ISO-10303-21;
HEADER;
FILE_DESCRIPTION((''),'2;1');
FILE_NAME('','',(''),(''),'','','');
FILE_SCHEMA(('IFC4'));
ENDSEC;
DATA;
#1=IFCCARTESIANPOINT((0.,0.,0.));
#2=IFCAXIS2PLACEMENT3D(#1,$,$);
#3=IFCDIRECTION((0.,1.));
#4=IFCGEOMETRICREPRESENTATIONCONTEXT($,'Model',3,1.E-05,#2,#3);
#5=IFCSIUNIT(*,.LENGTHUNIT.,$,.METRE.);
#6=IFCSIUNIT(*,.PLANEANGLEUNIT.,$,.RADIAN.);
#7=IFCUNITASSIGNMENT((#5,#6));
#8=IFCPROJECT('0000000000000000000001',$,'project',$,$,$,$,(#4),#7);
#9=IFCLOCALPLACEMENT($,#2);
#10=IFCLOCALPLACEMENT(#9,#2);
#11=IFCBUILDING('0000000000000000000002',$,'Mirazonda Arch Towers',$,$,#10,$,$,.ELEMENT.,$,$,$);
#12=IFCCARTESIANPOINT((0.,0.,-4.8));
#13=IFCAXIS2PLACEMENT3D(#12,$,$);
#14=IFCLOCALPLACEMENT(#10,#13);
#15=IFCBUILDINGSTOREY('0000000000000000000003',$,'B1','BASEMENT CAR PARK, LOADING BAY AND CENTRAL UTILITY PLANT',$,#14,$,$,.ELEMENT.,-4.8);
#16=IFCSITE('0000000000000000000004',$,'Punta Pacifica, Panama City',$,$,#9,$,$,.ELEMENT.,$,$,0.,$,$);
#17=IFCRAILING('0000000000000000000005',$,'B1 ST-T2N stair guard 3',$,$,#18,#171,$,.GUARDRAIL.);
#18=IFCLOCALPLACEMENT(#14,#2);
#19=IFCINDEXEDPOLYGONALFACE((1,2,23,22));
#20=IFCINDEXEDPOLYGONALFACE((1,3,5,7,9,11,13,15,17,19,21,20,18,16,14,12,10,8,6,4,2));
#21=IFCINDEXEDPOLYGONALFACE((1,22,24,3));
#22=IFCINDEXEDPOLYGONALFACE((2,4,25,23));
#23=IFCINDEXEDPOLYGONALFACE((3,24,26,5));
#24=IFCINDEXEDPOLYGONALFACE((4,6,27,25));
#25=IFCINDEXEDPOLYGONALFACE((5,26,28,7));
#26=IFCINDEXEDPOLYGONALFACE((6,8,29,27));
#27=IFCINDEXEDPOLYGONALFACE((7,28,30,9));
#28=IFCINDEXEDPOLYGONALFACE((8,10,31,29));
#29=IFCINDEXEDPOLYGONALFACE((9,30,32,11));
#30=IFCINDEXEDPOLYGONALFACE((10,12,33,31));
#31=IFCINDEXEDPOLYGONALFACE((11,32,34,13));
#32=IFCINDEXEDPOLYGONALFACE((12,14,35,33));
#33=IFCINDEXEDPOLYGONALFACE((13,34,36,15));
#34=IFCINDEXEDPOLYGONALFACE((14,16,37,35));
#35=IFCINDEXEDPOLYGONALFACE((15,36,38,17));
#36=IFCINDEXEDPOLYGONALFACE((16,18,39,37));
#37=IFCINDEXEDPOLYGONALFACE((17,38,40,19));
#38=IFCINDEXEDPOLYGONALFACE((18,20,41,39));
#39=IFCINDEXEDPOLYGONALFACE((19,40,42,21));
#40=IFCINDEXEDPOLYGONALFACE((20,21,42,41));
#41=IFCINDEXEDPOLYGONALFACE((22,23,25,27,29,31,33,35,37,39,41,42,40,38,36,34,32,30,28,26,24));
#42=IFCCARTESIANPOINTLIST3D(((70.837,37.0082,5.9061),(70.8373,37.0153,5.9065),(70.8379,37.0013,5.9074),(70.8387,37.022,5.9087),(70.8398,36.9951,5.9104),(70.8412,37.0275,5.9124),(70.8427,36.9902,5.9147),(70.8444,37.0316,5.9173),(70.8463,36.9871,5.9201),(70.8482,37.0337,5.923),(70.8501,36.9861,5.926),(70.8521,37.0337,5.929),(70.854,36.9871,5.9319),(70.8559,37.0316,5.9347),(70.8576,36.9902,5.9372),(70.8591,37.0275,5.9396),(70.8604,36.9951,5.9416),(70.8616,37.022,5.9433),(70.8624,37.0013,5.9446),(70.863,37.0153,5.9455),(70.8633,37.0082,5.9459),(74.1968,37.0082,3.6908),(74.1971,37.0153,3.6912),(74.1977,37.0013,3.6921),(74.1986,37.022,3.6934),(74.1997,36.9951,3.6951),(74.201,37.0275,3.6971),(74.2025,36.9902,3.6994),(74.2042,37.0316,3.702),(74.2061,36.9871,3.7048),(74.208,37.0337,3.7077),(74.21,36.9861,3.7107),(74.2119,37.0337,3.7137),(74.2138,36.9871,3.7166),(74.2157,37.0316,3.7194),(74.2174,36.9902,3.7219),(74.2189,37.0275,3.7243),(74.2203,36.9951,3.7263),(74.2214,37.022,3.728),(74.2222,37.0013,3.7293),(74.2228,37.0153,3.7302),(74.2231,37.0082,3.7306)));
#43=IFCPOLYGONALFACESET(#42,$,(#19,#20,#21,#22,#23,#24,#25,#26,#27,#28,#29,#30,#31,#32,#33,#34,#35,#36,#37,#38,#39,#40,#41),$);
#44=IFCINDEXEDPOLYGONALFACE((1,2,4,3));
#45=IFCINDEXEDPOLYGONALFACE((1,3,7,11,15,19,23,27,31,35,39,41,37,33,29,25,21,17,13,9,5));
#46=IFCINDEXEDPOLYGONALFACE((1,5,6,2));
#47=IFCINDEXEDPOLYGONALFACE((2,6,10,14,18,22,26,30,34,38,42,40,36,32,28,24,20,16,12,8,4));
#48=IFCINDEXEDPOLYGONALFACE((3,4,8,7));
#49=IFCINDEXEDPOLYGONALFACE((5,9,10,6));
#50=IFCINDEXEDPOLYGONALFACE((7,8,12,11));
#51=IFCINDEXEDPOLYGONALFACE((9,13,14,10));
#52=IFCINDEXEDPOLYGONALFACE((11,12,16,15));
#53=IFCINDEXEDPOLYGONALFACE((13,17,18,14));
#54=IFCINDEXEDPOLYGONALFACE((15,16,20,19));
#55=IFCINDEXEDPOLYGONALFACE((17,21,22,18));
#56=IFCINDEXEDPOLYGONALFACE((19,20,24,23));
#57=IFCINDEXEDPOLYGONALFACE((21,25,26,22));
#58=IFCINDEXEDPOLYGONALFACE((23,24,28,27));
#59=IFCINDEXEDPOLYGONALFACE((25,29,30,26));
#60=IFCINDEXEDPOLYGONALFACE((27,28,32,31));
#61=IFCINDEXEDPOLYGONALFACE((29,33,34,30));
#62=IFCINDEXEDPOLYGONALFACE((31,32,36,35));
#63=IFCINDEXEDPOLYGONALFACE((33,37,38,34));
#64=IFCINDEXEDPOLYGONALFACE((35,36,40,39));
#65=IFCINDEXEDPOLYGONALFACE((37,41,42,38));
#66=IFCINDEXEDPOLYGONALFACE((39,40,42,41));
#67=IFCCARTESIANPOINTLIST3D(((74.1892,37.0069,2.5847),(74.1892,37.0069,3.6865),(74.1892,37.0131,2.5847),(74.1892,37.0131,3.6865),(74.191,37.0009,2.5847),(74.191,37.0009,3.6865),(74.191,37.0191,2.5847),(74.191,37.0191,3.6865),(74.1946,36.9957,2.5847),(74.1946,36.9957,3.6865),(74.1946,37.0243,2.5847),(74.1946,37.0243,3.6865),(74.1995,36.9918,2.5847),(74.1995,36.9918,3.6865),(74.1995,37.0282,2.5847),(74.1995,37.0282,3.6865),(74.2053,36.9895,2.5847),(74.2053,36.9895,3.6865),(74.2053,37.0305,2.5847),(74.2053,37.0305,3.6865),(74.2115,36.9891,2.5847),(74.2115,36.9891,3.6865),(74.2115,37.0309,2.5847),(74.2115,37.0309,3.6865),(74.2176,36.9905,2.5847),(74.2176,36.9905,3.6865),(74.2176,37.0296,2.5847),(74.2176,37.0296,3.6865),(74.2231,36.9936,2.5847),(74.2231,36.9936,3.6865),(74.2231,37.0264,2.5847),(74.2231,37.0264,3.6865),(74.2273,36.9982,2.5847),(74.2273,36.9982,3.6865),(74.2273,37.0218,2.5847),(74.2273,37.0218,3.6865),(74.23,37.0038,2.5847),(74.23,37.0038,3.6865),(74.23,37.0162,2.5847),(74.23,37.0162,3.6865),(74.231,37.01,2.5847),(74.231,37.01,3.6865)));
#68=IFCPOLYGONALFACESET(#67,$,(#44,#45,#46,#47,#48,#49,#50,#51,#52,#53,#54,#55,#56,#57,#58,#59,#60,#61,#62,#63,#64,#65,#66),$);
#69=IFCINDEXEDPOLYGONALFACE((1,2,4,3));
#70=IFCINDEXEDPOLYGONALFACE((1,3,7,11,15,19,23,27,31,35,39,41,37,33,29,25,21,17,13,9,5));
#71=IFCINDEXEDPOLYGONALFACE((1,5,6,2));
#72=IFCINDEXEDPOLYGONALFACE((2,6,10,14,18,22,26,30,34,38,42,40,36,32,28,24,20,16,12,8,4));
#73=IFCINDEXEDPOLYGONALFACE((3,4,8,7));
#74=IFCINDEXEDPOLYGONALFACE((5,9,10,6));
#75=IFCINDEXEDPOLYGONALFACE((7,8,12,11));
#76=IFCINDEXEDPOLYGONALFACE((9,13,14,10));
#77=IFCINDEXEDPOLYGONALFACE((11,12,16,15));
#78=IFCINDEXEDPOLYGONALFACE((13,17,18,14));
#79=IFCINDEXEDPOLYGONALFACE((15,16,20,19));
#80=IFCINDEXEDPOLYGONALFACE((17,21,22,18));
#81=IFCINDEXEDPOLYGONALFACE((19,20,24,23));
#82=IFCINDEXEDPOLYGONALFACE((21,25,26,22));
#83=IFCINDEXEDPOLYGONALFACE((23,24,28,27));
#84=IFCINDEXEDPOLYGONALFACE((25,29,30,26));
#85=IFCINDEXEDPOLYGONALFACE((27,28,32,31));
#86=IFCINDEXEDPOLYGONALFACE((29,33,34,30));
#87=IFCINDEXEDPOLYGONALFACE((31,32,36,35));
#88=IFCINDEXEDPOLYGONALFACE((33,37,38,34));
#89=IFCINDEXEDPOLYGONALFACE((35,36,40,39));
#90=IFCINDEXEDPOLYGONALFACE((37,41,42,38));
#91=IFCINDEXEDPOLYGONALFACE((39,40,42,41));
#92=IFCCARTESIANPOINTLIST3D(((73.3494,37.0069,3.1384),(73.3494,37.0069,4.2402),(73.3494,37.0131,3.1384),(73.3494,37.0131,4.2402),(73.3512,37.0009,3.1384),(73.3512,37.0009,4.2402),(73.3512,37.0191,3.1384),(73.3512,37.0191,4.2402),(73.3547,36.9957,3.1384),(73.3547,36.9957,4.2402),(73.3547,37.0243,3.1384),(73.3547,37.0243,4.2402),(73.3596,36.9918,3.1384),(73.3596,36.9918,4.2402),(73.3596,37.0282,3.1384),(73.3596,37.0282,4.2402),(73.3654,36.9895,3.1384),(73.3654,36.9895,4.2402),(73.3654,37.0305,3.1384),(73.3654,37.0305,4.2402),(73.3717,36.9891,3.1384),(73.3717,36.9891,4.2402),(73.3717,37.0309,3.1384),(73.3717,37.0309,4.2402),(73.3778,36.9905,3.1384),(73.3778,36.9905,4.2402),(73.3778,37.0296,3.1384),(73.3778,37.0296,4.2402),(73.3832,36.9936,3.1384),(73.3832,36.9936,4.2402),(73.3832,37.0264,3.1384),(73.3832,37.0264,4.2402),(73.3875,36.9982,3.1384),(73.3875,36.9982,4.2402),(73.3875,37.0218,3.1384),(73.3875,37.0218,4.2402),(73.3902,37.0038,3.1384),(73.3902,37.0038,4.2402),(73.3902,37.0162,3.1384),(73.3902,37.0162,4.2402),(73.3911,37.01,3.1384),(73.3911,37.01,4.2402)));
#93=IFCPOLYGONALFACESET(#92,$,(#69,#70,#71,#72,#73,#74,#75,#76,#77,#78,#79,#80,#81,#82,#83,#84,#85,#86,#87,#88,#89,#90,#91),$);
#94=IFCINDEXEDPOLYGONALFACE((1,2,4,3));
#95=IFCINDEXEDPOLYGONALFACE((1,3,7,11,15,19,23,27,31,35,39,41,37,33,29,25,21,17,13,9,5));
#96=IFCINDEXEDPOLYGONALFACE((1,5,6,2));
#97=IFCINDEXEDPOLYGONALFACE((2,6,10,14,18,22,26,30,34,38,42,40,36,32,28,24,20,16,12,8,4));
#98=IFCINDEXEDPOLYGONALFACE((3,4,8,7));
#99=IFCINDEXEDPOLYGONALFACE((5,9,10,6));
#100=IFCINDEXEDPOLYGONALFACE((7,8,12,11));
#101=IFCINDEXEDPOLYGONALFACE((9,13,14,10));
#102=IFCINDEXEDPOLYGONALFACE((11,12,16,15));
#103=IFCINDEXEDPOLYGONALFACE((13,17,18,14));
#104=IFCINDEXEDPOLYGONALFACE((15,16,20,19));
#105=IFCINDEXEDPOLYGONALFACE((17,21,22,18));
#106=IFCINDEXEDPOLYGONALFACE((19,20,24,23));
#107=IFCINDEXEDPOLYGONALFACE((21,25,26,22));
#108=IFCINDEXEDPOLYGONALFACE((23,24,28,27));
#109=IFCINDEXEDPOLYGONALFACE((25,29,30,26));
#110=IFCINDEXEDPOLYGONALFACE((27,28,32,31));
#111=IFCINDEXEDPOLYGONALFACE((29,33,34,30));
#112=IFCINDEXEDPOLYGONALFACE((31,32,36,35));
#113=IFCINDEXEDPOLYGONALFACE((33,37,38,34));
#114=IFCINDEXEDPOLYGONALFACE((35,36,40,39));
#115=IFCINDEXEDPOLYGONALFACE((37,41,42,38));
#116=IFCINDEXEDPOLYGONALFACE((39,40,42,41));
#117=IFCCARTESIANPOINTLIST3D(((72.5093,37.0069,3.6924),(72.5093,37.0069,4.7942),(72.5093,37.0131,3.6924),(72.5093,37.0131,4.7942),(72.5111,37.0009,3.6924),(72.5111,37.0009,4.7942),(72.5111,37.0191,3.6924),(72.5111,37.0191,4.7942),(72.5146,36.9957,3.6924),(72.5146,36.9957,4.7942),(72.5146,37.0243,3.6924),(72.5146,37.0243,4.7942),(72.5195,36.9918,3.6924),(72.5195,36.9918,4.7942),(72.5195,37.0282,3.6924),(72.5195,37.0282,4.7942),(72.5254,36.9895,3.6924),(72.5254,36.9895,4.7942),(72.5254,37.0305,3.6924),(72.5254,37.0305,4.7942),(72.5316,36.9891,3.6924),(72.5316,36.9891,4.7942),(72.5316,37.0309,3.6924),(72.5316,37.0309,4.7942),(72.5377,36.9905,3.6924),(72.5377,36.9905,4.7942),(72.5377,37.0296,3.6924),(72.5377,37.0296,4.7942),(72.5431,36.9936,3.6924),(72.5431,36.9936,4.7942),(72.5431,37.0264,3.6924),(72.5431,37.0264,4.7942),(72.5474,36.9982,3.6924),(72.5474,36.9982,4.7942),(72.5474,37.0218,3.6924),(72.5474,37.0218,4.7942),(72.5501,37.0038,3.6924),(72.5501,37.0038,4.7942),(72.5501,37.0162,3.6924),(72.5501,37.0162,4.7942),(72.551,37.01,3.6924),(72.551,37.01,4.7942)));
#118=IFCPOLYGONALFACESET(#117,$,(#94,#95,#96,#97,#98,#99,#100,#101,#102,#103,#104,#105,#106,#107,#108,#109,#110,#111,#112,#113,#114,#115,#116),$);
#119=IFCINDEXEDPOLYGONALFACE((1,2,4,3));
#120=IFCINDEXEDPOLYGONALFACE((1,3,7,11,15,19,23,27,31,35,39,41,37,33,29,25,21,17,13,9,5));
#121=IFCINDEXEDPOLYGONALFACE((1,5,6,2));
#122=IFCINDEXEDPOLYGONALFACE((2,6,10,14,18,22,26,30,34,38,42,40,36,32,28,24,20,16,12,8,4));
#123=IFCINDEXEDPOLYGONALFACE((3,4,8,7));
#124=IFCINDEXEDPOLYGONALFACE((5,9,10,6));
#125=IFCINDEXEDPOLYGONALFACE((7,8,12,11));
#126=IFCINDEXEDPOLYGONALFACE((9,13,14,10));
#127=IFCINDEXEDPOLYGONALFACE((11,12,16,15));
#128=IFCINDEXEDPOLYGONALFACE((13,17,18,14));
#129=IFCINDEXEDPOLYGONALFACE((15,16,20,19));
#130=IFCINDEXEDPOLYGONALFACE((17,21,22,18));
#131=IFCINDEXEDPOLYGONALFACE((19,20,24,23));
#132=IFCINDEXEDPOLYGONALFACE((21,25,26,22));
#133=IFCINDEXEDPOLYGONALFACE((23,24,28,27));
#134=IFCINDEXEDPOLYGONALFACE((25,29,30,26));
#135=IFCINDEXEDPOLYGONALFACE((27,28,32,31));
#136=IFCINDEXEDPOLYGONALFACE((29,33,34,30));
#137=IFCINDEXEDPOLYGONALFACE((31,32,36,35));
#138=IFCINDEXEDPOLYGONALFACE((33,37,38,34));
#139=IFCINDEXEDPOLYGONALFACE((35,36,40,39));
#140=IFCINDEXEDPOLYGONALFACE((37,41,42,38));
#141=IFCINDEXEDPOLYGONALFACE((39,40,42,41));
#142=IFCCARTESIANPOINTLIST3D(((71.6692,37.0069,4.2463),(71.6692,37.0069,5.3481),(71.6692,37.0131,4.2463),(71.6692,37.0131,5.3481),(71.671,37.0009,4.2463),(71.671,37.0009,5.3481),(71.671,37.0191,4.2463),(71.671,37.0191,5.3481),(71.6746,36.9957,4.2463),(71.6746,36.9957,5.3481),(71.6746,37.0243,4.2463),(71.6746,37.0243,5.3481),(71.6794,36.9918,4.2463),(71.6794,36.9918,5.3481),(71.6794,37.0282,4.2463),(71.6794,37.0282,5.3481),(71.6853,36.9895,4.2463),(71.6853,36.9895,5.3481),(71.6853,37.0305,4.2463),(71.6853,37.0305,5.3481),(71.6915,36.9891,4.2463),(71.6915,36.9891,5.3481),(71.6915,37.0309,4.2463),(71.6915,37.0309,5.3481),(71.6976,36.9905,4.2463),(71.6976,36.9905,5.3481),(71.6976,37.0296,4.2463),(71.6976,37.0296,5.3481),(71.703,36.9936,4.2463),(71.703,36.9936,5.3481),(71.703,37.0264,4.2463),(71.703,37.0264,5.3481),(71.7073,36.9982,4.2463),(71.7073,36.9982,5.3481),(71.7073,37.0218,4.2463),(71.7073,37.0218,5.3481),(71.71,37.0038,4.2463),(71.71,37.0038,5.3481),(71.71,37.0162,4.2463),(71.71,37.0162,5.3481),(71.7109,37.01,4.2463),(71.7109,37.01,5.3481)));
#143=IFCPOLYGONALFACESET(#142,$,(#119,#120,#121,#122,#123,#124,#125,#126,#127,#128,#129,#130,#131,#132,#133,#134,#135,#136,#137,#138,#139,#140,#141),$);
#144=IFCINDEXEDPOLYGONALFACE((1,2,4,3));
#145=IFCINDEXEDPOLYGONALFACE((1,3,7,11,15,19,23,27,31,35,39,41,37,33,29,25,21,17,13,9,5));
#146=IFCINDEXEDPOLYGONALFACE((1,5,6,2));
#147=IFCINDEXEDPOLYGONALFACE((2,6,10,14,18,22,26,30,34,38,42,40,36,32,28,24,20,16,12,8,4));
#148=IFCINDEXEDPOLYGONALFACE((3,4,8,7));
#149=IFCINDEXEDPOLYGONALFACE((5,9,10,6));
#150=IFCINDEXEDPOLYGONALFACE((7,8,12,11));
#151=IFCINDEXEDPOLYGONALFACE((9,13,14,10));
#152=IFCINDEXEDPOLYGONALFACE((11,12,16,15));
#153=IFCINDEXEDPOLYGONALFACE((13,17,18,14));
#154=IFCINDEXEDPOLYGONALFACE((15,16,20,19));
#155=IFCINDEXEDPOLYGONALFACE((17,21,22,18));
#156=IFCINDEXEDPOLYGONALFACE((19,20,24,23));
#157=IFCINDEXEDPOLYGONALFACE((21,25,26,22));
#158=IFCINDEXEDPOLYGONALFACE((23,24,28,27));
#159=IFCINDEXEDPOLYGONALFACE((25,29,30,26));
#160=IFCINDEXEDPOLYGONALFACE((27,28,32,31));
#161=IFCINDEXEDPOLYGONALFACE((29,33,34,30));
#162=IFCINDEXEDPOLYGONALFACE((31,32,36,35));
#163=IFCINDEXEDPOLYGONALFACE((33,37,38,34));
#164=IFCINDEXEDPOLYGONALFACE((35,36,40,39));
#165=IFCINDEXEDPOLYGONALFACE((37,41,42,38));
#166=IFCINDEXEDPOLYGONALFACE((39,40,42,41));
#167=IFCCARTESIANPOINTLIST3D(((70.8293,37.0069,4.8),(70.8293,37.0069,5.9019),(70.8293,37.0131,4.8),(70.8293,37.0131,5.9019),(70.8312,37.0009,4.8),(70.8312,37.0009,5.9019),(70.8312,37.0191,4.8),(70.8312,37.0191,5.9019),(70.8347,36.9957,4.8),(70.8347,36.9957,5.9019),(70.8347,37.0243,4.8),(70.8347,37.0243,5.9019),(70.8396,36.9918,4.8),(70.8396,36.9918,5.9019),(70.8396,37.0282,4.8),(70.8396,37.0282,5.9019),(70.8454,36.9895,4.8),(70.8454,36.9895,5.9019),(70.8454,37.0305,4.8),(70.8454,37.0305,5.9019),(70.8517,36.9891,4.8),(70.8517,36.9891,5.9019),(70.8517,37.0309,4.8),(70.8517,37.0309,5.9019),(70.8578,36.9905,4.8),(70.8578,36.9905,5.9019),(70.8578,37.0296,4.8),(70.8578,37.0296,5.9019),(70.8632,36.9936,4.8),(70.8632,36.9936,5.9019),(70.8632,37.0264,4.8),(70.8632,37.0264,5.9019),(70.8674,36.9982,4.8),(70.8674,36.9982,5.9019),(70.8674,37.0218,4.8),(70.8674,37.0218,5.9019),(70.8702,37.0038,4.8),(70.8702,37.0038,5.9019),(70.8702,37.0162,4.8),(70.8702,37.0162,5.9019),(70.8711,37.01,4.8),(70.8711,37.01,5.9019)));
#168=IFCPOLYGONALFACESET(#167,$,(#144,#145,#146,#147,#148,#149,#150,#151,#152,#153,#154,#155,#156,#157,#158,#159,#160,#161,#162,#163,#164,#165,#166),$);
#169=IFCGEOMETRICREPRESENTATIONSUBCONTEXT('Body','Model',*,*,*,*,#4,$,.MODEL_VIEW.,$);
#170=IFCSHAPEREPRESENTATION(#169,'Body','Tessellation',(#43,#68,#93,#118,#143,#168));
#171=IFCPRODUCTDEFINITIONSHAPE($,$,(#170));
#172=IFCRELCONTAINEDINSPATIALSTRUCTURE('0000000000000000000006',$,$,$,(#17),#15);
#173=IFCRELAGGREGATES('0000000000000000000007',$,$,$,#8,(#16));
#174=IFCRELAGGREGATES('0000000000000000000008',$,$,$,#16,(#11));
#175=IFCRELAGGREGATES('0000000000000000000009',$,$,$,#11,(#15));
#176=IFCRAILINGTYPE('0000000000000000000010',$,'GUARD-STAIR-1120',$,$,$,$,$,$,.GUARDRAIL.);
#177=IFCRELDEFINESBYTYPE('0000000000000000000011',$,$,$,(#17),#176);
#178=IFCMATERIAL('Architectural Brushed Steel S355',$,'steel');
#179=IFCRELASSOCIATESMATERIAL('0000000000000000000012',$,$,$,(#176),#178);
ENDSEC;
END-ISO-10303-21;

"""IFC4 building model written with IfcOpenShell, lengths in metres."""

from ifc_helpers import new_model, si_unit, direction, frame, origin, origin_2d, place, context, subcontext, project, spatial, circle, extrude, material, type_object, element, save


model = new_model("IFC4")

# Units and contexts
model_context = context("Model", 3, precision=1e-05, world=origin(), true_north=direction((0.0, 1.0)))
body_context = subcontext(model_context, "Body", "Model", "MODEL_VIEW")
ifc_project = project(units=[si_unit("LENGTHUNIT", "METRE"), si_unit("PLANEANGLEUNIT", "RADIAN")], contexts=[model_context])

# Site, building, storey
site_placement = place(None, origin())
site = spatial("IfcSite", under=ifc_project, at=site_placement, Name="Punta Pacifica, Panama City", CompositionType="ELEMENT", RefElevation=0.0)
building_placement = place(site_placement, origin())
building = spatial("IfcBuilding", under=site, at=building_placement, Name="Mirazonda Arch Towers", CompositionType="ELEMENT")
storey_placement = place(building_placement, frame((0.0, 0.0, -4.8)))
storey = spatial("IfcBuildingStorey", under=building, at=storey_placement, Name="B1", Description="BASEMENT CAR PARK, LOADING BAY AND CENTRAL UTILITY PLANT", CompositionType="ELEMENT", Elevation=-4.8)

# Shared definitions
ifc_material_1 = material(Name="Architectural Brushed Steel S355", Category="steel")

# Railing
railing_type_1 = type_object("IfcRailingType", Name="GUARD-STAIR-1120", PredefinedType="GUARDRAIL", material=ifc_material_1)
railing_1_placement = place(storey_placement, frame((74.21, 37.01, 2.5847)))
element("IfcRailing", 1, at=railing_1_placement, inside=storey, type_object=railing_type_1, Name="B1 ST-T2N stair guard 3", PredefinedType="GUARDRAIL", context=body_context, shape_type="SweptSolid", body=[
    extrude(circle(Radius=0.0239, at=origin_2d()), frame((0.0, 0.0, 1.126), z_axis=(-0.834858, 0.0, 0.550465), x_axis=(0.0, -1.0, 0.0)), (0.0, 0.0, 1.0), 4.0244),
    extrude(circle(Radius=0.021, at=origin_2d()), origin(), (0.0, 0.0, 1.0), 1.1018),
    extrude(circle(Radius=0.021, at=origin_2d()), frame((-0.8398, 0.0, 0.5537)), (0.0, 0.0, 1.0), 1.1018),
    extrude(circle(Radius=0.021, at=origin_2d()), frame((-1.6799, 0.0, 1.1077)), (0.0, 0.0, 1.0), 1.1018),
    extrude(circle(Radius=0.021, at=origin_2d()), frame((-2.52, 0.0, 1.6616)), (0.0, 0.0, 1.0), 1.1018),
    extrude(circle(Radius=0.021, at=origin_2d()), frame((-3.3599, 0.0, 2.2153)), (0.0, 0.0, 1.0), 1.1018),
])

save(model, "model.ifc")
